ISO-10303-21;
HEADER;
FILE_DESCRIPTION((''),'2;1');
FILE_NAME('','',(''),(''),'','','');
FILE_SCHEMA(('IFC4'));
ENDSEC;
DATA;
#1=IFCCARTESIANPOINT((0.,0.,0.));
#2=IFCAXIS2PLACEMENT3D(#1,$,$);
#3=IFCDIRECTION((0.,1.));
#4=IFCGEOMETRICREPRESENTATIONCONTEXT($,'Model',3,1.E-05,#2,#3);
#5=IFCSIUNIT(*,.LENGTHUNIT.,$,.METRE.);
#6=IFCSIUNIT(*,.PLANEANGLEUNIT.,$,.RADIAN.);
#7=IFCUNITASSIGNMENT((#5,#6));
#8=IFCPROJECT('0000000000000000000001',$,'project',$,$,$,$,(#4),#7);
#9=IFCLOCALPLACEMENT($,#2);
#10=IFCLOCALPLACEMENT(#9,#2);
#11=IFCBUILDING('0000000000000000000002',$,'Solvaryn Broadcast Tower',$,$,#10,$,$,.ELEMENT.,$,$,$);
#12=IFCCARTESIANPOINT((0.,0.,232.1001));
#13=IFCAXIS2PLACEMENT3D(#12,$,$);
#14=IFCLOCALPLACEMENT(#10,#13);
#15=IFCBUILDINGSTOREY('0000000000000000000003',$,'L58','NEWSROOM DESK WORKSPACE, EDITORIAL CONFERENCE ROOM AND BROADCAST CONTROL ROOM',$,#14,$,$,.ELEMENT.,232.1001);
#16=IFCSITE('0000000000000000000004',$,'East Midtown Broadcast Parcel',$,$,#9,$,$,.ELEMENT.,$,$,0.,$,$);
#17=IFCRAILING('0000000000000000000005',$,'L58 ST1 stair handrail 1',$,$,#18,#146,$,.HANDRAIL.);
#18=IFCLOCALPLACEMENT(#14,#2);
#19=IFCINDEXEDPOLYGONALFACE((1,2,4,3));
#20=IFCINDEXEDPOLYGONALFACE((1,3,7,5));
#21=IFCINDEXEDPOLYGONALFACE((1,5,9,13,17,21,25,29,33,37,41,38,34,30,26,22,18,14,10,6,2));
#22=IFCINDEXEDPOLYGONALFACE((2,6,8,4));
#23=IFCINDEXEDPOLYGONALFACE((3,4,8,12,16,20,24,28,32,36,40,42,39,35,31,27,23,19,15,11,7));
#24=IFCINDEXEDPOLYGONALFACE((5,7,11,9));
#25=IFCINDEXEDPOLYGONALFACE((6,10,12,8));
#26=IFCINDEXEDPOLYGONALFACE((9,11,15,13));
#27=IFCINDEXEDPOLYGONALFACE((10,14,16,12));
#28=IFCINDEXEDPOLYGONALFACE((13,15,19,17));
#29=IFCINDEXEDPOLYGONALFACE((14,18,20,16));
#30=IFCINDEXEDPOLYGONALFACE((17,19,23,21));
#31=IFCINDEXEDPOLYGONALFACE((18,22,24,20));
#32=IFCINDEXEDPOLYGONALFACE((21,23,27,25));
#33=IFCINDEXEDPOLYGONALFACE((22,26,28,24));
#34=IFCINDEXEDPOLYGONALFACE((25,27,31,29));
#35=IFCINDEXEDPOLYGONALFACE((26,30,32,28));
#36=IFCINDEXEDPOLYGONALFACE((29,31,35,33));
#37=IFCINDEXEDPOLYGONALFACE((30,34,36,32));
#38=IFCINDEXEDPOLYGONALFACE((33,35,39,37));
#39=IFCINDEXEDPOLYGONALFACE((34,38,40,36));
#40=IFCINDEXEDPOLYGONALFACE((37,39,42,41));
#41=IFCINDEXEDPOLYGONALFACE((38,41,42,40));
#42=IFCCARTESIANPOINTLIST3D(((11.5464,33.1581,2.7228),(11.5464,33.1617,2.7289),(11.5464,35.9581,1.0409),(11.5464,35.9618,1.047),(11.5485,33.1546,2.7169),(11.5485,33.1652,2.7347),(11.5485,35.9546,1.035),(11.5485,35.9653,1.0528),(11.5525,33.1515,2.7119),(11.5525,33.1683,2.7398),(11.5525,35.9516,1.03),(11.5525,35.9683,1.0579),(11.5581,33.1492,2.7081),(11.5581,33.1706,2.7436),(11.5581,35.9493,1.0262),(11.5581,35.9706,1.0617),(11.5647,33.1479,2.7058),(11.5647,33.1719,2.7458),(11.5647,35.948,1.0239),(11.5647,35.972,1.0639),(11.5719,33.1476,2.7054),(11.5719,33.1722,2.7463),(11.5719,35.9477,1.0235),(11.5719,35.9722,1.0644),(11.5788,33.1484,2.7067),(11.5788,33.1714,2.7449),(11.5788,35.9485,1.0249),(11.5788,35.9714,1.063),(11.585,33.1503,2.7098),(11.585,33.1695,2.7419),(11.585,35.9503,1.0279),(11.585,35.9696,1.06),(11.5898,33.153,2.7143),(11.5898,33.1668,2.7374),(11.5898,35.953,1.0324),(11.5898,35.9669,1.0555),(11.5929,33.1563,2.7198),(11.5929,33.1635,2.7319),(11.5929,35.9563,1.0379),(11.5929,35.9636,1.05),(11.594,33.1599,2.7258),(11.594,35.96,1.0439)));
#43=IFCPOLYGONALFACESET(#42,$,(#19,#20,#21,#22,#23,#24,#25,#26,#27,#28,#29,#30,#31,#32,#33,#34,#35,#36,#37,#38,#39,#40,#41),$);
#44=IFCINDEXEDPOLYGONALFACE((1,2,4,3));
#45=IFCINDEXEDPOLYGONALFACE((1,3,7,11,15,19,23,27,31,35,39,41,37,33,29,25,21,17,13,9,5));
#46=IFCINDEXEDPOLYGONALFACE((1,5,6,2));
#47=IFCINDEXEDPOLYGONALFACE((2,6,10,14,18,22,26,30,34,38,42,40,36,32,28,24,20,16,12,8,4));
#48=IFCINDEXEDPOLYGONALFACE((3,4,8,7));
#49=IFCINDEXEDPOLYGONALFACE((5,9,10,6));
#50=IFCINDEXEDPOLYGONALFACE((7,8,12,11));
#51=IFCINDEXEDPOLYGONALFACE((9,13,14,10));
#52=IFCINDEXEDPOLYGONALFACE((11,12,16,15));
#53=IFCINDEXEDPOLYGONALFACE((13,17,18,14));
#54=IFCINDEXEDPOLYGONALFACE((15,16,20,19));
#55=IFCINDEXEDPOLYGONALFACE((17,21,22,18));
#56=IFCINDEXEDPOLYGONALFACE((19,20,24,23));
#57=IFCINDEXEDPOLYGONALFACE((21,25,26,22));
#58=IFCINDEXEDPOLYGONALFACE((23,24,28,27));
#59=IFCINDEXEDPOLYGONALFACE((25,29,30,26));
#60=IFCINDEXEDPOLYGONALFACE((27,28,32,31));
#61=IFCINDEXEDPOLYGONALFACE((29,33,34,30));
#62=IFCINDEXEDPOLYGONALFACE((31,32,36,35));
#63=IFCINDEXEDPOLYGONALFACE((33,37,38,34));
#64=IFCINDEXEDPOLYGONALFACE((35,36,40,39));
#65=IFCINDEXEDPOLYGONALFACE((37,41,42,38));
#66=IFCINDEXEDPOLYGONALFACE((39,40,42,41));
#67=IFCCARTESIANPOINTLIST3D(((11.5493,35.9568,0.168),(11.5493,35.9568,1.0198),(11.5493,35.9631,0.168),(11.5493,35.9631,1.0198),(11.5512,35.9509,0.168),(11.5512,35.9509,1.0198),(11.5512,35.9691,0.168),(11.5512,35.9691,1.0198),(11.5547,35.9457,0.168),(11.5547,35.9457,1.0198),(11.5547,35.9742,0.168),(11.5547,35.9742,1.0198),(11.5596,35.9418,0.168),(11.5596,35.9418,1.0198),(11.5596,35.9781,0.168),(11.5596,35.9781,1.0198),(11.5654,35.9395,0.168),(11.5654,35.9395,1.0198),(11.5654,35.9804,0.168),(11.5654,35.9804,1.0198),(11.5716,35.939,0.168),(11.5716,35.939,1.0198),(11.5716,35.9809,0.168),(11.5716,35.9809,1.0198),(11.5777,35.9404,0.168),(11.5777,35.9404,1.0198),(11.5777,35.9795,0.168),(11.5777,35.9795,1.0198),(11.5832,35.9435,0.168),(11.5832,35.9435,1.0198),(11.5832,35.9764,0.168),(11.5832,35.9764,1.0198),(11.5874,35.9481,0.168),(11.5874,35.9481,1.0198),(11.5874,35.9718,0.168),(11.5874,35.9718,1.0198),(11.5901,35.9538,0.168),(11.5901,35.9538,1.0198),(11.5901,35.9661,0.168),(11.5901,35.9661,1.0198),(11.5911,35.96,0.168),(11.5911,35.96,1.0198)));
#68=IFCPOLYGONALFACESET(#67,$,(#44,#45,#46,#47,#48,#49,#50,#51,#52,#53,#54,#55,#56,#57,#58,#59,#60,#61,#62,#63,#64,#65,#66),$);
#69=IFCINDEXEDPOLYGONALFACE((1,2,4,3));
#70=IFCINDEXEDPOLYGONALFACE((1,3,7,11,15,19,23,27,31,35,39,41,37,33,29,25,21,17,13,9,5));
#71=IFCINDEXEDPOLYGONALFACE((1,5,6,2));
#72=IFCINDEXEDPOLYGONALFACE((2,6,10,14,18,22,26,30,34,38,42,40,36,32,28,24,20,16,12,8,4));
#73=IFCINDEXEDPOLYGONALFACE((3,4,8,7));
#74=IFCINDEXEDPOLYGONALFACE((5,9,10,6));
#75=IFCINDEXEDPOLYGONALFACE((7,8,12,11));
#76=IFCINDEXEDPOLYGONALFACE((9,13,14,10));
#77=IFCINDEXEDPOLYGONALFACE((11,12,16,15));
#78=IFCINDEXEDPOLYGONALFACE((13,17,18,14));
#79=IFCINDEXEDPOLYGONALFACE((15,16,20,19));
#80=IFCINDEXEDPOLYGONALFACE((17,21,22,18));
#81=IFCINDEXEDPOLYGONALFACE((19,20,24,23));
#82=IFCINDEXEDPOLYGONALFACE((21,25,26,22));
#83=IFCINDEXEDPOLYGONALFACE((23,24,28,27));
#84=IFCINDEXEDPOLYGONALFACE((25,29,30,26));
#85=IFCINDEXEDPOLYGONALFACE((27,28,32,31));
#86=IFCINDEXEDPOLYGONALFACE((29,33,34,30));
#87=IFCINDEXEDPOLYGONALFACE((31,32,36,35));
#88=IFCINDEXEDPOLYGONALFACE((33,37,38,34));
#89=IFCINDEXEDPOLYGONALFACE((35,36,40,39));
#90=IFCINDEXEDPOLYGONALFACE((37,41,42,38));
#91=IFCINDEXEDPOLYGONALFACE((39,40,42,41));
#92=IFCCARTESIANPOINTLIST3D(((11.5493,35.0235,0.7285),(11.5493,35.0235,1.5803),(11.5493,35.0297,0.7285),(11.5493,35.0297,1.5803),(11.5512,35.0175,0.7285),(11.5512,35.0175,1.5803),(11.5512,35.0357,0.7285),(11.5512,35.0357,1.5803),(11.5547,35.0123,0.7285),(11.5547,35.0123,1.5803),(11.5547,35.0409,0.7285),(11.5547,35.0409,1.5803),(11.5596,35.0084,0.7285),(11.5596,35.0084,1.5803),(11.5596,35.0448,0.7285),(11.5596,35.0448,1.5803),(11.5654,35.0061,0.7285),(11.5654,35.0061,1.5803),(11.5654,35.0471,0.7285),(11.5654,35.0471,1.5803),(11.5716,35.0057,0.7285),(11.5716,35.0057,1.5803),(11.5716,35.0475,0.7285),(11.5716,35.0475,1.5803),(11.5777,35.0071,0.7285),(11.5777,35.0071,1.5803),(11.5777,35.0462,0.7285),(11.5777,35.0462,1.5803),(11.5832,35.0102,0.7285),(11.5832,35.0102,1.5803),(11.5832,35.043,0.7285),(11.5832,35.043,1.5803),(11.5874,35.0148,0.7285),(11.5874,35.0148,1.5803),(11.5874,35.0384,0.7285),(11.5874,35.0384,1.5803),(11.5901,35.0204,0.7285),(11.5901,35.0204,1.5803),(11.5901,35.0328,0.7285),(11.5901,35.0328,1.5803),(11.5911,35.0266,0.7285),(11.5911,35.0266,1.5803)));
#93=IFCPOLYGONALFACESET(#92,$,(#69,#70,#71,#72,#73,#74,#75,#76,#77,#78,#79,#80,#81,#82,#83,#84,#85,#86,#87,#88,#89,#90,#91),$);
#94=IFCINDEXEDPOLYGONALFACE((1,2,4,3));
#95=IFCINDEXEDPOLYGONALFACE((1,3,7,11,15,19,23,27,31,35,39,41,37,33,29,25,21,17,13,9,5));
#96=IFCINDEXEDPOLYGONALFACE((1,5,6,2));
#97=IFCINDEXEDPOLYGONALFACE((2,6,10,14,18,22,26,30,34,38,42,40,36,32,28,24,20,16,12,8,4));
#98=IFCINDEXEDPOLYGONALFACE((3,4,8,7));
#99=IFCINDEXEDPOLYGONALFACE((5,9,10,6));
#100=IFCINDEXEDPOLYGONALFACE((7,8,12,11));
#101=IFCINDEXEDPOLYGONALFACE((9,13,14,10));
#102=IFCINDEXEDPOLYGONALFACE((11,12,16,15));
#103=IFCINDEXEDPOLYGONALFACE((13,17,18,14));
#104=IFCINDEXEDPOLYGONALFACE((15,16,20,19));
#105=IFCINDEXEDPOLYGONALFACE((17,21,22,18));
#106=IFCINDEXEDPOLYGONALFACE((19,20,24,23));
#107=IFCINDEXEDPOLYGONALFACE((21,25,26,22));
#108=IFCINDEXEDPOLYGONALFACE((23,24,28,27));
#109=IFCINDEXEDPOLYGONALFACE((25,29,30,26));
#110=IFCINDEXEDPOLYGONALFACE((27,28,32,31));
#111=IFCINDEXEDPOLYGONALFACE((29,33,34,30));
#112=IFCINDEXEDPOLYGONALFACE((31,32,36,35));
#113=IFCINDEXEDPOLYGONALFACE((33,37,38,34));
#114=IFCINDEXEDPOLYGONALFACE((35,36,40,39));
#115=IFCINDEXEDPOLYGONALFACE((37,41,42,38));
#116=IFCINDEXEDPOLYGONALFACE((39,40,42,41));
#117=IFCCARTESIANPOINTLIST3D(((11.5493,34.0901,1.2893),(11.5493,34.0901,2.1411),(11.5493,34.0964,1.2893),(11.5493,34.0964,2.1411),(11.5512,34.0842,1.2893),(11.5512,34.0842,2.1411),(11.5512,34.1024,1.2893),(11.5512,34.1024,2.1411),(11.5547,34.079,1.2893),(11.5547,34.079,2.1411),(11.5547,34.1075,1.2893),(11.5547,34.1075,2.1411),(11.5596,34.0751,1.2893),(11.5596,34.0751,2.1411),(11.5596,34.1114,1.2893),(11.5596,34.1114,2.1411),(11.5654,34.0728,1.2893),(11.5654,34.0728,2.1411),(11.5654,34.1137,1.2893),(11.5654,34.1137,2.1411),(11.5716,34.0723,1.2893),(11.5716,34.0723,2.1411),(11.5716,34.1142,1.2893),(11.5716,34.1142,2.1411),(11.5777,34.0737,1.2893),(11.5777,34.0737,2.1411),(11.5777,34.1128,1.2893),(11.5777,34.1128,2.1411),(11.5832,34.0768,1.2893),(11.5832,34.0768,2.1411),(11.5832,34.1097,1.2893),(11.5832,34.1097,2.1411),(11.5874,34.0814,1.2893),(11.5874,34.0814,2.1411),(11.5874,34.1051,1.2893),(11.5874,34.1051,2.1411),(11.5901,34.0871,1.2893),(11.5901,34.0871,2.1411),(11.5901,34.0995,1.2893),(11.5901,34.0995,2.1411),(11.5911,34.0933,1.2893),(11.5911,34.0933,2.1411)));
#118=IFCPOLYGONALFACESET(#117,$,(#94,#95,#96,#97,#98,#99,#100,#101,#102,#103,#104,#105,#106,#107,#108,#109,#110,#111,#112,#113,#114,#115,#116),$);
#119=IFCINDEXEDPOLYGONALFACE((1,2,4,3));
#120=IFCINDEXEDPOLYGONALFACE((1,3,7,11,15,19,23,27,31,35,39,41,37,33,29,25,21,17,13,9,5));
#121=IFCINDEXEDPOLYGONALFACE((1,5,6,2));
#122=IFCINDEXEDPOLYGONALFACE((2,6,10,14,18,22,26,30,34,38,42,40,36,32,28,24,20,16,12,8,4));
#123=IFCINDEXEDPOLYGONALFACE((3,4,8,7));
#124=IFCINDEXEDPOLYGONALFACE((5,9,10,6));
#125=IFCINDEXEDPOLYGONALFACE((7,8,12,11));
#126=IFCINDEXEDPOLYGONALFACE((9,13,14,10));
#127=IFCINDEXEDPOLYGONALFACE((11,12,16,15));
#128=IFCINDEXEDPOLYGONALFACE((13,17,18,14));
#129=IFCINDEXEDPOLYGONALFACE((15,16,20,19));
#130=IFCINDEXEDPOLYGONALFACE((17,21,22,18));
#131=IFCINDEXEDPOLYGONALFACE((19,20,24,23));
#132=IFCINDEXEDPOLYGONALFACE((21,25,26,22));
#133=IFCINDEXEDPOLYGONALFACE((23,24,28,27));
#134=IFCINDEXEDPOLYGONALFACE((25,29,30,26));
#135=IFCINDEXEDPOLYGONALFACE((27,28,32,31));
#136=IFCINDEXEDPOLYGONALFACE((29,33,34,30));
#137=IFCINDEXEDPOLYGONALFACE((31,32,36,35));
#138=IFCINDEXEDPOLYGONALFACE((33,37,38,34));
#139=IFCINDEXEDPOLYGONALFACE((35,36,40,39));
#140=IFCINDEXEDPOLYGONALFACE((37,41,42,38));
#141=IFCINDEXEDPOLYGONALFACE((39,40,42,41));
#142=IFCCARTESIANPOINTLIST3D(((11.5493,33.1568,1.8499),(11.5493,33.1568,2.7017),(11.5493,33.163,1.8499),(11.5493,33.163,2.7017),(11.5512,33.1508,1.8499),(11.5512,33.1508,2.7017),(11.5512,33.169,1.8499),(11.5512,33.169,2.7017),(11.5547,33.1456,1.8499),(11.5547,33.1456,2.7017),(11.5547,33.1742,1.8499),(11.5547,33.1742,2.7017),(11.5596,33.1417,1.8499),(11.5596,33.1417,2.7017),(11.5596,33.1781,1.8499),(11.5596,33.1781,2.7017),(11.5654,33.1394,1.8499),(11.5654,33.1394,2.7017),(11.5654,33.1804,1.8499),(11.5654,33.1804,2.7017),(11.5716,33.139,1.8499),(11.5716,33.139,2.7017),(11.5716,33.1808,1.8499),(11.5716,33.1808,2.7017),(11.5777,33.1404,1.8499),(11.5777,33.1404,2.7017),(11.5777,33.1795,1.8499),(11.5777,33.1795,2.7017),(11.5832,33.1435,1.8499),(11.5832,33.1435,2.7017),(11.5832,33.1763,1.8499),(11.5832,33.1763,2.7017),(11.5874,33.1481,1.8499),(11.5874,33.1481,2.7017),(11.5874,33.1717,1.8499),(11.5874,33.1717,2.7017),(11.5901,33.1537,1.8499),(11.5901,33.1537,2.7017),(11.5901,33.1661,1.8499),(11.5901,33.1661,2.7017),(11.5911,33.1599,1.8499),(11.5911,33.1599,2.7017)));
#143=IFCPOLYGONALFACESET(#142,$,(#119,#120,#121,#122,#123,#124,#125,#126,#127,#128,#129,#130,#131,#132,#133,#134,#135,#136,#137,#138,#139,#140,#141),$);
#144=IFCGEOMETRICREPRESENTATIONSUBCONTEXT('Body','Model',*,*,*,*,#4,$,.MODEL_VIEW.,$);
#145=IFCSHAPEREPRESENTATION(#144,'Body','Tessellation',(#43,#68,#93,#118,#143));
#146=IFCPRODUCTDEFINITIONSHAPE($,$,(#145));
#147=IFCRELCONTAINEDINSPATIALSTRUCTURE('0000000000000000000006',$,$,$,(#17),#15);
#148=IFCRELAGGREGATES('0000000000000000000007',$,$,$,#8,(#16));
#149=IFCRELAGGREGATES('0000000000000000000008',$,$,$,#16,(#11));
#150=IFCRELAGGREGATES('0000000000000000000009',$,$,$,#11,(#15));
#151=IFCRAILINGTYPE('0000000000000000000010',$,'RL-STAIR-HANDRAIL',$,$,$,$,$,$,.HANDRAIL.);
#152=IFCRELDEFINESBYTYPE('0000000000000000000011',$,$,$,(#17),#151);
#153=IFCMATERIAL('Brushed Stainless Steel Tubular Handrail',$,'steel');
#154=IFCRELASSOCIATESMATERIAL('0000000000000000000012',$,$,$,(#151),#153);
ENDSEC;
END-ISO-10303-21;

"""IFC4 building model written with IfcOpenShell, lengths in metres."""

from ifc_helpers import new_model, si_unit, direction, frame, origin, origin_2d, place, context, subcontext, project, spatial, circle, extrude, material, type_object, element, save


model = new_model("IFC4")

# Units and contexts
model_context = context("Model", 3, precision=1e-05, world=origin(), true_north=direction((0.0, 1.0)))
body_context = subcontext(model_context, "Body", "Model", "MODEL_VIEW")
ifc_project = project(units=[si_unit("LENGTHUNIT", "METRE"), si_unit("PLANEANGLEUNIT", "RADIAN")], contexts=[model_context])

# Site, building, storey
site_placement = place(None, origin())
site = spatial("IfcSite", under=ifc_project, at=site_placement, Name="East Midtown Broadcast Parcel", CompositionType="ELEMENT", RefElevation=0.0)
building_placement = place(site_placement, origin())
building = spatial("IfcBuilding", under=site, at=building_placement, Name="Solvaryn Broadcast Tower", CompositionType="ELEMENT")
storey_placement = place(building_placement, frame((0.0, 0.0, 232.1001)))
storey = spatial("IfcBuildingStorey", under=building, at=storey_placement, Name="L58", Description="NEWSROOM DESK WORKSPACE, EDITORIAL CONFERENCE ROOM AND BROADCAST CONTROL ROOM", CompositionType="ELEMENT", Elevation=232.1001)

# Railing
ifc_material_1 = material(Name="Brushed Stainless Steel Tubular Handrail", Category="steel")
railing_type_1 = type_object("IfcRailingType", Name="RL-STAIR-HANDRAIL", PredefinedType="HANDRAIL", material=ifc_material_1)
railing_1_placement = place(storey_placement, frame((11.5701, 35.96, 0.168)))
element("IfcRailing", 1, at=railing_1_placement, inside=storey, type_object=railing_type_1, Name="L58 ST1 stair handrail 1", PredefinedType="HANDRAIL", context=body_context, shape_type="SweptSolid", body=[
    extrude(circle(Radius=0.0239, at=origin_2d()), frame((0.0, 0.0, 0.876), z_axis=(0.0, -0.857242, 0.514913), x_axis=(1.0, 0.0, 0.0)), (0.0, 0.0, 1.0), 3.2664),
    extrude(circle(Radius=0.021, at=origin_2d()), origin(), (0.0, 0.0, 1.0), 0.8518),
    extrude(circle(Radius=0.021, at=origin_2d()), frame((0.0, -0.9333, 0.5605)), (0.0, 0.0, 1.0), 0.8518),
    extrude(circle(Radius=0.021, at=origin_2d()), frame((0.0, -1.8667, 1.1213)), (0.0, 0.0, 1.0), 0.8518),
    extrude(circle(Radius=0.021, at=origin_2d()), frame((0.0, -2.8, 1.6819)), (0.0, 0.0, 1.0), 0.8518),
])

save(model, "model.ifc")
